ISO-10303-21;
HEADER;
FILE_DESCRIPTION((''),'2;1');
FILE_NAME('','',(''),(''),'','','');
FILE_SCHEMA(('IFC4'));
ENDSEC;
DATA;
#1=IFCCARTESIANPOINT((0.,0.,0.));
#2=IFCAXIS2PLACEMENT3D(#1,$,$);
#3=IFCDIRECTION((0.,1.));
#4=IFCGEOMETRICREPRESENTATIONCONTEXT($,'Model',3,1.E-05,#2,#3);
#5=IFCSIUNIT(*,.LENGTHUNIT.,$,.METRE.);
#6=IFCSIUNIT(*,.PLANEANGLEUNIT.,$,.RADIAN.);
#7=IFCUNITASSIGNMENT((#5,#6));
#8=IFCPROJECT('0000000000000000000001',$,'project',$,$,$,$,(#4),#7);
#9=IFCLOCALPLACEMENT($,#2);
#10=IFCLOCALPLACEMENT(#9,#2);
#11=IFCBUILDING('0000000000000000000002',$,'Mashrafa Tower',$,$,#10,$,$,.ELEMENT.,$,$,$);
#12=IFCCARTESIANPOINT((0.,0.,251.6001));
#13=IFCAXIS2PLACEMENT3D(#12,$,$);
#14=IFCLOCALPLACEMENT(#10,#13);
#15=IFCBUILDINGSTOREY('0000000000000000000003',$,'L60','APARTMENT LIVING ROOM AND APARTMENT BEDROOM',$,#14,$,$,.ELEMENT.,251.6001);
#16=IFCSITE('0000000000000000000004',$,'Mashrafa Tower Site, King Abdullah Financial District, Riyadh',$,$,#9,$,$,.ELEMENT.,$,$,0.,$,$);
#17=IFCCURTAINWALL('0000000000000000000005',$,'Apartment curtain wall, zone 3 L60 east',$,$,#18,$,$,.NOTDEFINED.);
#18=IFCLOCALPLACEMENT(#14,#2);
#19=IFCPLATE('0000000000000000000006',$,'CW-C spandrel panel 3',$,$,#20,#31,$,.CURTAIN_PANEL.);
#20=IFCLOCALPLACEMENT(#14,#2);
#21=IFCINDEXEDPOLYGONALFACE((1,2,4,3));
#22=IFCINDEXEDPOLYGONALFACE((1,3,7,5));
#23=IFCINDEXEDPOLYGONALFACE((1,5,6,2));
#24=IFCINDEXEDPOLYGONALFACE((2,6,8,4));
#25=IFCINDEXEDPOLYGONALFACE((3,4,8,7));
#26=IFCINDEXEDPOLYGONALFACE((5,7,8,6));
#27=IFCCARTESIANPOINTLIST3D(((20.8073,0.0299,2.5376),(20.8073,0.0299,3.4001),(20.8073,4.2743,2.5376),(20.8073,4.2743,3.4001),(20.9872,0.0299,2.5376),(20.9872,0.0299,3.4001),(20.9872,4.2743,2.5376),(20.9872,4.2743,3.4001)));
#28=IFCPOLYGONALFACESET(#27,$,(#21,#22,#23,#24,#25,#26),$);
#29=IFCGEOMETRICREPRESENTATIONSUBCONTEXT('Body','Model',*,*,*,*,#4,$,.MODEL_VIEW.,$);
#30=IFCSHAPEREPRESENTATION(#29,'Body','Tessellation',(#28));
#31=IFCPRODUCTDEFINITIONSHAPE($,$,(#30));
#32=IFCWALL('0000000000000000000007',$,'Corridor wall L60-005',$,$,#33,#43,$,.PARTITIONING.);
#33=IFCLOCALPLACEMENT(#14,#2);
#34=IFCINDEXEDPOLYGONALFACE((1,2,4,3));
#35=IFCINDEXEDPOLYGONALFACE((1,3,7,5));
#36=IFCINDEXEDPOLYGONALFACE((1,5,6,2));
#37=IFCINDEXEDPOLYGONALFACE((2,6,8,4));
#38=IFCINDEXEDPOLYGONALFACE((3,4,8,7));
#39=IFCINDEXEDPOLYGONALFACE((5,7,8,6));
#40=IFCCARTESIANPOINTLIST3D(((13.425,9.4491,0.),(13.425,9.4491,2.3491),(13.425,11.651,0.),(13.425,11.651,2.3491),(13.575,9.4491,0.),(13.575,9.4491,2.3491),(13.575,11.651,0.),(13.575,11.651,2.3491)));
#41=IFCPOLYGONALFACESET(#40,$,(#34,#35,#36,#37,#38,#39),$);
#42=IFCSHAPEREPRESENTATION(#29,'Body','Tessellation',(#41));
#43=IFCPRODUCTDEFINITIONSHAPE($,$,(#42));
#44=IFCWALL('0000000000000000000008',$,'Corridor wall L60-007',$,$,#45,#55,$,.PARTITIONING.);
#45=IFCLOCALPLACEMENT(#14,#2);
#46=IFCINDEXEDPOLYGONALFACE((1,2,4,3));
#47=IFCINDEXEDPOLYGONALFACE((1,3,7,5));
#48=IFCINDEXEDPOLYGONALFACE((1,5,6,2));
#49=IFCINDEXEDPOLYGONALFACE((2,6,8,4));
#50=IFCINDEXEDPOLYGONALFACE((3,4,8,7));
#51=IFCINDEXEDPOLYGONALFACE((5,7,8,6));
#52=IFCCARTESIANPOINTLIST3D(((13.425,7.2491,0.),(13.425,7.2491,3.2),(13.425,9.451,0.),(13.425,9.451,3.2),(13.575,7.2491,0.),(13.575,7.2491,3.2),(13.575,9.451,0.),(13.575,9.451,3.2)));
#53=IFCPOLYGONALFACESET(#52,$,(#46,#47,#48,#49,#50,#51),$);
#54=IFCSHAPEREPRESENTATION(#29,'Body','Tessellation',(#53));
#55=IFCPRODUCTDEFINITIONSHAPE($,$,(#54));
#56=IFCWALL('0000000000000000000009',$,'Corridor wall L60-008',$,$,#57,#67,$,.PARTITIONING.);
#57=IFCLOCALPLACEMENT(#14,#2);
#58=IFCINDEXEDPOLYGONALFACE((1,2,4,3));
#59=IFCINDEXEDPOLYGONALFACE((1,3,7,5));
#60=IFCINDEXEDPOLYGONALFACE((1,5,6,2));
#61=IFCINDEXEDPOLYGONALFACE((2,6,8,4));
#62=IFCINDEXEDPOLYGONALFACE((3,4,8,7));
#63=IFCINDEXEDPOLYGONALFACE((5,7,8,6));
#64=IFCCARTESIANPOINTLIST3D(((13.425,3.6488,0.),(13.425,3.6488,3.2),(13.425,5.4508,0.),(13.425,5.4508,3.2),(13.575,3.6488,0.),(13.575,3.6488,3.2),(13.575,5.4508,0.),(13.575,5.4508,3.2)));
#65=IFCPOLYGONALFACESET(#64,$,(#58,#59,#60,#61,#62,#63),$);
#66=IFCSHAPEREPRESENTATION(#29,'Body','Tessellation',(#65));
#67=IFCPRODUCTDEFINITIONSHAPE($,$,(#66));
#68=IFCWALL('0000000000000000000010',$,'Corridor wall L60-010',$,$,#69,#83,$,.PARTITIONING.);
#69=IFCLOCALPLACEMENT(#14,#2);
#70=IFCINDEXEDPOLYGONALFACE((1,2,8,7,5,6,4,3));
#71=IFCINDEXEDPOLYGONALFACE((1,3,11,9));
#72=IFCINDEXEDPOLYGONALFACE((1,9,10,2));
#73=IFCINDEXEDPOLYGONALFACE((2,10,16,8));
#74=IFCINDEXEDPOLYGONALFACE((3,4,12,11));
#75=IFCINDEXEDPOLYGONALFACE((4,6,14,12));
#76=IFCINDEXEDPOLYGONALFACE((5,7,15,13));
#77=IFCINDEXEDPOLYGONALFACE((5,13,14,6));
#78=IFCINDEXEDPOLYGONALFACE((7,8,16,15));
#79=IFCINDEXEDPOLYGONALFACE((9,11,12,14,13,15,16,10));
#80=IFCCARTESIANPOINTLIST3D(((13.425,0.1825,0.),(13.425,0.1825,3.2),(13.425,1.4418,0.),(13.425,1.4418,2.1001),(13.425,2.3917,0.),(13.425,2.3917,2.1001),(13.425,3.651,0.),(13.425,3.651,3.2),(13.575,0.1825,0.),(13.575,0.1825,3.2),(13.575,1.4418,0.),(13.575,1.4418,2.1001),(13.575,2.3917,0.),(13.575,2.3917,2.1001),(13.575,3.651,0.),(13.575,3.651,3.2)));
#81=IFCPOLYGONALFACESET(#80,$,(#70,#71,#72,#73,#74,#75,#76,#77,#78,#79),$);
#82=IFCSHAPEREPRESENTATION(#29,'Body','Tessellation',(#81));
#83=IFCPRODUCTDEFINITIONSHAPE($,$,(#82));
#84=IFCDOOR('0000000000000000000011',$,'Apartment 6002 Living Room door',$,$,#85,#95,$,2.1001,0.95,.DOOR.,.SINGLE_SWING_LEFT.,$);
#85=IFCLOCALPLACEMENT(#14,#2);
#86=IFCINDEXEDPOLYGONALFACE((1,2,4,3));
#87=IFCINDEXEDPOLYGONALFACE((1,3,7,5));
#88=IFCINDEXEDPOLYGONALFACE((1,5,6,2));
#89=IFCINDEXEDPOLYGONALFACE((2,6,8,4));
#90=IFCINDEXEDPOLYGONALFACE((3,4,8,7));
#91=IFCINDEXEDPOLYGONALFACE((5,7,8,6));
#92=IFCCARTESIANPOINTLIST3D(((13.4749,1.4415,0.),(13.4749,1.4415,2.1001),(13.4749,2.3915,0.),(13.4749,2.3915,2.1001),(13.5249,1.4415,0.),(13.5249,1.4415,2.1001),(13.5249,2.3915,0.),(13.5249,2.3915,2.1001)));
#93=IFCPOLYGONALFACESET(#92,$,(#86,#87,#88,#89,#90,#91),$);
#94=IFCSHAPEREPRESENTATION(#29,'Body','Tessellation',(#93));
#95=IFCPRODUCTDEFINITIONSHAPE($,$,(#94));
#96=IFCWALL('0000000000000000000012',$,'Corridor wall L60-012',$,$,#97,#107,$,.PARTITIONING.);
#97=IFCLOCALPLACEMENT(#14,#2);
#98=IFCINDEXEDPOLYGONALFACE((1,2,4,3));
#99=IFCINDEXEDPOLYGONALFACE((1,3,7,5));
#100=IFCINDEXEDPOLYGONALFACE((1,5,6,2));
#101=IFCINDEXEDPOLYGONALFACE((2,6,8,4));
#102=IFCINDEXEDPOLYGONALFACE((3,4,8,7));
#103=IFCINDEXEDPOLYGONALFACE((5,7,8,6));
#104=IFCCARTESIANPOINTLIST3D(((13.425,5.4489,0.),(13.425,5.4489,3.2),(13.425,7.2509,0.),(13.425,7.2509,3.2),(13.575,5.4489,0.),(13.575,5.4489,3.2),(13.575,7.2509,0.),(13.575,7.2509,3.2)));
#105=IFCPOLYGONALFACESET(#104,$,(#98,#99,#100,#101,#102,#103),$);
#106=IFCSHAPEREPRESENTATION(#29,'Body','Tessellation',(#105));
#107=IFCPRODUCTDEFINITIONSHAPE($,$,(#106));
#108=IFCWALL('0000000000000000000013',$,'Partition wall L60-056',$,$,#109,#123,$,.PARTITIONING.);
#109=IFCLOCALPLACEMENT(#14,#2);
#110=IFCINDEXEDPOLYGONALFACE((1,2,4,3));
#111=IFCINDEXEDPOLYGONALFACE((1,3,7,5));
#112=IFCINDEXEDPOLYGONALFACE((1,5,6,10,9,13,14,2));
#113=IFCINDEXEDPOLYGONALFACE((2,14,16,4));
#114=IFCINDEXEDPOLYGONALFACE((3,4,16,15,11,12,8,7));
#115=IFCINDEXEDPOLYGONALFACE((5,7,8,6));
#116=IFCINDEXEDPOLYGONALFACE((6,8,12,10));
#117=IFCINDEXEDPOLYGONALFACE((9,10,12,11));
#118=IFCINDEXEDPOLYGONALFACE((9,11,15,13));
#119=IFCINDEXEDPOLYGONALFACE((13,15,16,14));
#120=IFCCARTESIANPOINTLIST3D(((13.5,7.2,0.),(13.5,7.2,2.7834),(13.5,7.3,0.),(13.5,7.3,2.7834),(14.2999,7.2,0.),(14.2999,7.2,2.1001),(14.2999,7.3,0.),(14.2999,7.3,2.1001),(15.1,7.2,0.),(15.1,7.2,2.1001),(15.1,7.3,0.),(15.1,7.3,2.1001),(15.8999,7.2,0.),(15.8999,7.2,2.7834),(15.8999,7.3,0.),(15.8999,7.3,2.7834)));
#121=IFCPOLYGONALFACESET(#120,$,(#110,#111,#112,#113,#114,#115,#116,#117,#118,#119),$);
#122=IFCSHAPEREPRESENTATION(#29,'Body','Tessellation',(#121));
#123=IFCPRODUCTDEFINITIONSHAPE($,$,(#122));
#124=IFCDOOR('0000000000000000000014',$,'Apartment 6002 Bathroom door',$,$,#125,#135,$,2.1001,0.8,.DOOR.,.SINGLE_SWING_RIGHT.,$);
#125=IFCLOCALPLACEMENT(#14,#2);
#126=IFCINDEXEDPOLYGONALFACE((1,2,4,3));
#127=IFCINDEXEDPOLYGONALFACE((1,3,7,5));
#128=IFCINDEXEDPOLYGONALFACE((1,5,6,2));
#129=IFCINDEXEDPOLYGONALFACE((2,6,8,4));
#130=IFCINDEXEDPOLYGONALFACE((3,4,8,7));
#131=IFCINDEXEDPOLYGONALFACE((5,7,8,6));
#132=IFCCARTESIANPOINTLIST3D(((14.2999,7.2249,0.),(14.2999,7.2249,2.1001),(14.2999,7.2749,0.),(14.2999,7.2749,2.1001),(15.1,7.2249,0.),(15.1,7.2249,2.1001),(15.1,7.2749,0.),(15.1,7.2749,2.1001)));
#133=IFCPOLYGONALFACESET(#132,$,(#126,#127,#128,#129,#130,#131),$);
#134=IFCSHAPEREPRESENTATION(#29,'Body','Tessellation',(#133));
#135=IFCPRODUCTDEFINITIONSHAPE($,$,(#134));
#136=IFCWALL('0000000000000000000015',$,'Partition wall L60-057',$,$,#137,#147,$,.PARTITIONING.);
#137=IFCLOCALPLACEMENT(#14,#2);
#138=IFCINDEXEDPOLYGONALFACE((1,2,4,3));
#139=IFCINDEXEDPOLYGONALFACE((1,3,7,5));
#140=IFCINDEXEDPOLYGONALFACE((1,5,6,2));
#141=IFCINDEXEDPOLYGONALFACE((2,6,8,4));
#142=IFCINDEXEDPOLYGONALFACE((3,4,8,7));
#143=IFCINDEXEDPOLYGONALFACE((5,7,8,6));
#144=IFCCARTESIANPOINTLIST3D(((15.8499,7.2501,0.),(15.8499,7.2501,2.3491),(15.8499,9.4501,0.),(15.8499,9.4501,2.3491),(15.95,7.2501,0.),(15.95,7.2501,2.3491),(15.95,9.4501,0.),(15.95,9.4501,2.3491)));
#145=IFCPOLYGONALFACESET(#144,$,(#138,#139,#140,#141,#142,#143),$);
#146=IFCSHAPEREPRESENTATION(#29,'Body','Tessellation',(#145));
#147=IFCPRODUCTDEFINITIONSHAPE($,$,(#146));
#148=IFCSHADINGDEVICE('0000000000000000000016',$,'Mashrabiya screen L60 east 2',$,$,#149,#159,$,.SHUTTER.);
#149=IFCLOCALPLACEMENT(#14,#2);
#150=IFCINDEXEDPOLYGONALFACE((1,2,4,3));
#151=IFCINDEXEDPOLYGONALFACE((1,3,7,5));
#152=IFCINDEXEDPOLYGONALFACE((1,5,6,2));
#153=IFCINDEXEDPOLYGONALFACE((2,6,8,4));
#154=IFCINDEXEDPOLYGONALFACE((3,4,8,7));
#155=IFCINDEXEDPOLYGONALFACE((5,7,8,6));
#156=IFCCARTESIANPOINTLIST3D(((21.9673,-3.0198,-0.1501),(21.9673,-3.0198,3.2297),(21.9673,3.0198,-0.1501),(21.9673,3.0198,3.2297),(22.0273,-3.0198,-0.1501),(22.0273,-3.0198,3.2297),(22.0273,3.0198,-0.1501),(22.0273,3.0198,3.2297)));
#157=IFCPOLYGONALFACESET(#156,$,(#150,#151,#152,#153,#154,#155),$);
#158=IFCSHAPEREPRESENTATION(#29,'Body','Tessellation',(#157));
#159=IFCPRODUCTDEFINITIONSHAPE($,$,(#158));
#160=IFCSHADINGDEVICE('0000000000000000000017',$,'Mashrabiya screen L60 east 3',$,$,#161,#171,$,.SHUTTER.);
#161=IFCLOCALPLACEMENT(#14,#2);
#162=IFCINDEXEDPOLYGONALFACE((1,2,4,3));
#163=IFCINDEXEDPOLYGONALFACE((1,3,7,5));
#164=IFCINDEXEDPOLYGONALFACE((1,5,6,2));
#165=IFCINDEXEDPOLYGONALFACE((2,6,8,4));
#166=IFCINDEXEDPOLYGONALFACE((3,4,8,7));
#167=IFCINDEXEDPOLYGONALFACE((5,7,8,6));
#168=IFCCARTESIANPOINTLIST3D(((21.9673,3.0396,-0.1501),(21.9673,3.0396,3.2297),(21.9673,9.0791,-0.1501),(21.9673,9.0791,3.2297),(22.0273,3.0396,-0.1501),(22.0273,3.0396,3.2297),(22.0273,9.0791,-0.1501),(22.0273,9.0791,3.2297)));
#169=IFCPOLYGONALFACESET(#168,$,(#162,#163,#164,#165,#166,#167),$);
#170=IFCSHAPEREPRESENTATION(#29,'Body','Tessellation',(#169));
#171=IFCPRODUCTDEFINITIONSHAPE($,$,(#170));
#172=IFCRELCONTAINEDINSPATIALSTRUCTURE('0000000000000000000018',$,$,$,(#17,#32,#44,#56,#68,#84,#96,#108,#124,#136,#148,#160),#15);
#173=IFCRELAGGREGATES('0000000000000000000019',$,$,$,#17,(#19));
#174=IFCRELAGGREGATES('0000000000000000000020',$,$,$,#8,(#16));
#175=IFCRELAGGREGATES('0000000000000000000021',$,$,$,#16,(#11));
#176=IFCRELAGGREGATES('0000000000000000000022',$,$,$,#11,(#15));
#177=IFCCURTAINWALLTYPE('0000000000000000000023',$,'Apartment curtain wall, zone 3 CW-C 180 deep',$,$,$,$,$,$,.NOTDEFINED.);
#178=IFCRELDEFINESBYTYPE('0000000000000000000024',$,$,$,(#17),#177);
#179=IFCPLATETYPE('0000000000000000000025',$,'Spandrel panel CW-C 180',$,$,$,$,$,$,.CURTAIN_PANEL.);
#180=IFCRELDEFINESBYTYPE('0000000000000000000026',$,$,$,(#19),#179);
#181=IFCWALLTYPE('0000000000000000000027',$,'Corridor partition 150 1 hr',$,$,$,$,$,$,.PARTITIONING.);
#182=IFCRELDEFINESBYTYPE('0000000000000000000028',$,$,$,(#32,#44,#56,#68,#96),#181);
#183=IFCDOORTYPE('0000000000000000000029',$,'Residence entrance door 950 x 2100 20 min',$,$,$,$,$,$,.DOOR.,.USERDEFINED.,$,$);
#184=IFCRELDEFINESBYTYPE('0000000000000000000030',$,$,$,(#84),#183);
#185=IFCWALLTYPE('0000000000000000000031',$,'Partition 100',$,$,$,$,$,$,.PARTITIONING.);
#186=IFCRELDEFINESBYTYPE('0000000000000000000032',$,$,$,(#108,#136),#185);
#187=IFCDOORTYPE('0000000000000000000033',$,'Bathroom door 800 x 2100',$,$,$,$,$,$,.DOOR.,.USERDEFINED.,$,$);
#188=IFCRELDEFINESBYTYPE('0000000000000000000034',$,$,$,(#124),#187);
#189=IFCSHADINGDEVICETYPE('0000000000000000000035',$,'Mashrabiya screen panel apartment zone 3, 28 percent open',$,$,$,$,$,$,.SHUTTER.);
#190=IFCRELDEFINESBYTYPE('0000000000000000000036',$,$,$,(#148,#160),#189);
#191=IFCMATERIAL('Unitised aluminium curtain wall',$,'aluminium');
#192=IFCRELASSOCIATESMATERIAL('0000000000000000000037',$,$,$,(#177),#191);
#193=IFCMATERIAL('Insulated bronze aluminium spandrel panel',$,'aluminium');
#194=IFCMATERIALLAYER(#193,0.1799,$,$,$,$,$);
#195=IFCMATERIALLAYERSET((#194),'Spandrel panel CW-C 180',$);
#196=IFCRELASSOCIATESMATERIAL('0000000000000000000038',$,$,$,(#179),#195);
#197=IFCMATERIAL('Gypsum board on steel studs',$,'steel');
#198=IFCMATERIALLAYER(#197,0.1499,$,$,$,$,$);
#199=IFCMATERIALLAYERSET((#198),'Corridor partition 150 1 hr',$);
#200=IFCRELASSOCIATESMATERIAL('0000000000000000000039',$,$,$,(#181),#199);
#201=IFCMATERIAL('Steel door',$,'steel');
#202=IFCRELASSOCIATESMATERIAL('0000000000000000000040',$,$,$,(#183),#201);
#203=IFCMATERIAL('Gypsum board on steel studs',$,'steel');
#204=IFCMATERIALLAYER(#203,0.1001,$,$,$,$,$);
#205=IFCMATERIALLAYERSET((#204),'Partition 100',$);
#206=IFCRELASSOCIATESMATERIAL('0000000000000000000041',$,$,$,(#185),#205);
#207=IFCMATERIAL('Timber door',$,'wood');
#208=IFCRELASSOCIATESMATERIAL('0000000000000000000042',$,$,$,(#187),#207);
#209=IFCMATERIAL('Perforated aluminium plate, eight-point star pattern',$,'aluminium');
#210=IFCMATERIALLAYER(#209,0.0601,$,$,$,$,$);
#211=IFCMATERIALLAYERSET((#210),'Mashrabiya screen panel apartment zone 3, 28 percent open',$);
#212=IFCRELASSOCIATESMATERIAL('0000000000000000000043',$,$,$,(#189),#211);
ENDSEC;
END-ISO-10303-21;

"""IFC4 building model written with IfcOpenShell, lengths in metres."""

from ifc_helpers import new_model, si_unit, direction, frame, frame_2d, origin, origin_2d, place, context, subcontext, project, spatial, rectangle, extrude, source, transform, mapped, material, layer, layer_set, type_object, type_shapes, element, fill, aggregate, save


model = new_model("IFC4")

# Units and contexts
model_context = context("Model", 3, precision=1e-05, world=origin(), true_north=direction((0.0, 1.0)))
body_context = subcontext(model_context, "Body", "Model", "MODEL_VIEW")
ifc_project = project(units=[si_unit("LENGTHUNIT", "METRE"), si_unit("PLANEANGLEUNIT", "RADIAN")], contexts=[model_context])

# Site, building, storey
site_placement = place(None, origin())
site = spatial("IfcSite", under=ifc_project, at=site_placement, Name="Mashrafa Tower Site, King Abdullah Financial District, Riyadh", CompositionType="ELEMENT", RefElevation=0.0)
building_placement = place(site_placement, origin())
building = spatial("IfcBuilding", under=site, at=building_placement, Name="Mashrafa Tower", CompositionType="ELEMENT")
storey_placement = place(building_placement, frame((0.0, 0.0, 251.6001)))
storey = spatial("IfcBuildingStorey", under=building, at=storey_placement, Name="L60", Description="APARTMENT LIVING ROOM AND APARTMENT BEDROOM", CompositionType="ELEMENT", Elevation=251.6001)

# Curtain wall
ifc_material_1 = material(Name="Unitised aluminium curtain wall", Category="aluminium")
curtain_wall_type = type_object("IfcCurtainWallType", Name="Apartment curtain wall, zone 3 CW-C 180 deep", PredefinedType="NOTDEFINED", material=ifc_material_1)
curtain_wall_1_placement = place(storey_placement, origin())
curtain_wall_1 = element("IfcCurtainWall", 1, at=curtain_wall_1_placement, inside=storey, type_object=curtain_wall_type, Name="Apartment curtain wall, zone 3 L60 east", PredefinedType="NOTDEFINED")

# Plate
ifc_material_2 = material(Name="Insulated bronze aluminium spandrel panel", Category="aluminium")
ifc_layer_1 = layer(ifc_material_2, 0.1799)
ifc_layer_set_1 = layer_set([ifc_layer_1], Name="Spandrel panel CW-C 180")
plate_type_1 = type_object("IfcPlateType", Name="Spandrel panel CW-C 180", PredefinedType="CURTAIN_PANEL", material=ifc_layer_set_1)
shared_shape_1 = source(origin(), body_context, "Body", "SweptSolid", [
    extrude(rectangle(XDim=4.2444, YDim=0.1799, at=origin_2d()), origin(), (0.0, 0.0, 1.0), 0.8625),
])
plate_1_placement = place(storey_placement, frame((20.8972, 2.1521, 2.5376), z_axis=(0.0, 0.0, 1.0), x_axis=(0.0, 1.0, 0.0)))
plate_1 = element("IfcPlate", 2, at=plate_1_placement, type_object=plate_type_1, Name="CW-C spandrel panel 3", PredefinedType="CURTAIN_PANEL", context=body_context, shape_type="MappedRepresentation", body=[
    mapped(shared_shape_1, transform((0.0, 0.0, 0.0))),
])
aggregate(curtain_wall_1, [plate_1])

# Walls
ifc_material_3 = material(Name="Gypsum board on steel studs", Category="steel")
ifc_layer_2 = layer(ifc_material_3, 0.1499)
ifc_layer_set_2 = layer_set([ifc_layer_2], Name="Corridor partition 150 1 hr")
wall_type_1 = type_object("IfcWallType", Name="Corridor partition 150 1 hr", PredefinedType="PARTITIONING", material=ifc_layer_set_2)
wall_1_placement = place(storey_placement, frame((13.5, 9.449, 0.0), z_axis=(0.0, 0.0, 1.0), x_axis=(0.0, 1.0, 0.0)))
element("IfcWall", 3, at=wall_1_placement, inside=storey, type_object=wall_type_1, Name="Corridor wall L60-005", PredefinedType="PARTITIONING", context=body_context, shape_type="SweptSolid", body=[
    extrude(rectangle(XDim=2.2019, YDim=0.1499, at=frame_2d((1.1011, 0.0))), origin(), (0.0, 0.0, 1.0), 2.3491),
])
wall_2_placement = place(storey_placement, frame((13.5, 7.249, 0.0), z_axis=(0.0, 0.0, 1.0), x_axis=(0.0, 1.0, 0.0)))
element("IfcWall", 4, at=wall_2_placement, inside=storey, type_object=wall_type_1, Name="Corridor wall L60-007", PredefinedType="PARTITIONING", context=body_context, shape_type="SweptSolid", body=[
    extrude(rectangle(XDim=2.2019, YDim=0.1499, at=frame_2d((1.1011, 0.0))), origin(), (0.0, 0.0, 1.0), 3.2),
])
wall_3_placement = place(storey_placement, frame((13.5, 3.6489, 0.0), z_axis=(0.0, 0.0, 1.0), x_axis=(0.0, 1.0, 0.0)))
element("IfcWall", 5, at=wall_3_placement, inside=storey, type_object=wall_type_1, Name="Corridor wall L60-008", PredefinedType="PARTITIONING", context=body_context, shape_type="SweptSolid", body=[
    extrude(rectangle(XDim=1.802, YDim=0.1499, at=frame_2d((0.9009, 0.0))), origin(), (0.0, 0.0, 1.0), 3.2),
])

# Wall, opening, door
wall_4_placement = place(storey_placement, frame((13.5, 0.1824, 0.0), z_axis=(0.0, 0.0, 1.0), x_axis=(0.0, 1.0, 0.0)))
wall_4 = element("IfcWall", 6, at=wall_4_placement, inside=storey, type_object=wall_type_1, Name="Corridor wall L60-010", PredefinedType="PARTITIONING", context=body_context, shape_type="SweptSolid", body=[
    extrude(rectangle(XDim=3.4685, YDim=0.1499, at=frame_2d((1.7344, 0.0))), origin(), (0.0, 0.0, 1.0), 3.2),
])
opening_1_placement = place(wall_4_placement, frame((1.2593, 0.0, 0.0)))
opening_1 = element("IfcOpeningElement", 7, at=opening_1_placement, cuts=wall_4, PredefinedType="OPENING", context=body_context, shape_type="SweptSolid", body=[
    extrude(rectangle(XDim=0.95, YDim=2.1001, at=frame_2d((0.4751, 1.05))), frame((0.0, 0.085, 0.0), z_axis=(0.0, -1.0, 0.0), x_axis=(1.0, 0.0, 0.0)), (0.0, 0.0, 1.0), 0.1699),
])
ifc_material_4 = material(Name="Steel door", Category="steel")
door_type_1 = type_object("IfcDoorType", Name="Residence entrance door 950 x 2100 20 min", OperationType="USERDEFINED", PredefinedType="DOOR", material=ifc_material_4)
door_1_placement = place(opening_1_placement, frame((0.95, 0.0, 0.0), z_axis=(0.0, 0.0, 1.0), x_axis=(-1.0, 0.0, 0.0)))
door_1 = element("IfcDoor", 8, at=door_1_placement, inside=storey, type_object=door_type_1, Name="Apartment 6002 Living Room door", OperationType="SINGLE_SWING_LEFT", OverallHeight=2.1001, OverallWidth=0.95, PredefinedType="DOOR", context=body_context, shape_type="SweptSolid", body=[
    extrude(rectangle(XDim=0.95, YDim=2.1001, at=frame_2d((0.4751, 1.05))), frame((0.0, 0.0249, 0.0), z_axis=(0.0, -1.0, 0.0), x_axis=(1.0, 0.0, 0.0)), (0.0, 0.0, 1.0), 0.05),
])
fill(opening_1, door_1)

# Wall
wall_5_placement = place(storey_placement, frame((13.5, 5.449, 0.0), z_axis=(0.0, 0.0, 1.0), x_axis=(0.0, 1.0, 0.0)))
element("IfcWall", 9, at=wall_5_placement, inside=storey, type_object=wall_type_1, Name="Corridor wall L60-012", PredefinedType="PARTITIONING", context=body_context, shape_type="SweptSolid", body=[
    extrude(rectangle(XDim=1.802, YDim=0.1499, at=frame_2d((0.9009, 0.0))), origin(), (0.0, 0.0, 1.0), 3.2),
])

# Wall, opening, door
ifc_material_5 = material(Name="Gypsum board on steel studs", Category="steel")
ifc_layer_3 = layer(ifc_material_5, 0.1001)
ifc_layer_set_3 = layer_set([ifc_layer_3], Name="Partition 100")
wall_type_2 = type_object("IfcWallType", Name="Partition 100", PredefinedType="PARTITIONING", material=ifc_layer_set_3)
wall_6_placement = place(storey_placement, frame((13.5, 7.25, 0.0), z_axis=(0.0, 0.0, 1.0), x_axis=(1.0, 0.0, 0.0)))
wall_6 = element("IfcWall", 10, at=wall_6_placement, inside=storey, type_object=wall_type_2, Name="Partition wall L60-056", PredefinedType="PARTITIONING", context=body_context, shape_type="SweptSolid", body=[
    extrude(rectangle(XDim=2.3999, YDim=0.1001, at=frame_2d((1.2, 0.0))), origin(), (0.0, 0.0, 1.0), 2.7834),
])
opening_2_placement = place(wall_6_placement, frame((0.8, 0.0, 0.0)))
opening_2 = element("IfcOpeningElement", 11, at=opening_2_placement, cuts=wall_6, PredefinedType="OPENING", context=body_context, shape_type="SweptSolid", body=[
    extrude(rectangle(XDim=0.8, YDim=2.1001, at=frame_2d((0.3999, 1.05))), frame((0.0, 0.0601, 0.0), z_axis=(0.0, -1.0, 0.0), x_axis=(1.0, 0.0, 0.0)), (0.0, 0.0, 1.0), 0.1201),
])
ifc_material_6 = material(Name="Timber door", Category="wood")
door_type_2 = type_object("IfcDoorType", Name="Bathroom door 800 x 2100", OperationType="USERDEFINED", PredefinedType="DOOR", material=ifc_material_6)
door_2_placement = place(opening_2_placement, origin())
door_2 = element("IfcDoor", 12, at=door_2_placement, inside=storey, type_object=door_type_2, Name="Apartment 6002 Bathroom door", OperationType="SINGLE_SWING_RIGHT", OverallHeight=2.1001, OverallWidth=0.8, PredefinedType="DOOR", context=body_context, shape_type="SweptSolid", body=[
    extrude(rectangle(XDim=0.8, YDim=2.1001, at=frame_2d((0.3999, 1.05))), frame((0.0, 0.0249, 0.0), z_axis=(0.0, -1.0, 0.0), x_axis=(1.0, 0.0, 0.0)), (0.0, 0.0, 1.0), 0.05),
])
fill(opening_2, door_2)

# Wall
wall_7_placement = place(storey_placement, frame((15.8999, 7.25, 0.0), z_axis=(0.0, 0.0, 1.0), x_axis=(0.0, 1.0, 0.0)))
element("IfcWall", 13, at=wall_7_placement, inside=storey, type_object=wall_type_2, Name="Partition wall L60-057", PredefinedType="PARTITIONING", context=body_context, shape_type="SweptSolid", body=[
    extrude(rectangle(XDim=2.2, YDim=0.1001, at=frame_2d((1.1001, 0.0))), origin(), (0.0, 0.0, 1.0), 2.3491),
])

# Shading devices
ifc_material_7 = material(Name="Perforated aluminium plate, eight-point star pattern", Category="aluminium")
ifc_layer_4 = layer(ifc_material_7, 0.0601)
ifc_layer_set_4 = layer_set([ifc_layer_4], Name="Mashrabiya screen panel apartment zone 3, 28 percent open")
shading_device_type = type_object("IfcShadingDeviceType", Name="Mashrabiya screen panel apartment zone 3, 28 percent open", PredefinedType="SHUTTER", material=ifc_layer_set_4)
shared_shape_2 = source(origin(), body_context, "Body", "SweptSolid", [
    extrude(rectangle(XDim=6.0396, YDim=0.0601, at=origin_2d()), origin(), (0.0, 0.0, 1.0), 3.3799),
])
type_shapes(shading_device_type, [shared_shape_2])
for number, where, z_axis, x_axis, name in (
    (14, (21.9973, 0.0, -0.1501), (0.0, 0.0, 1.0), (0.0, 1.0, 0.0), "Mashrabiya screen L60 east 2"),
    (15, (21.9973, 6.0593, -0.1501), (0.0, 0.0, 1.0), (0.0, 1.0, 0.0), "Mashrabiya screen L60 east 3"),
):
    element("IfcShadingDevice", number, at=place(storey_placement, frame(where, z_axis=z_axis, x_axis=x_axis)), inside=storey, type_object=shading_device_type, Name=name, PredefinedType="SHUTTER", context=body_context, shape_type="MappedRepresentation", body=[
        mapped(shared_shape_2, transform((0.0, 0.0, 0.0))),
    ])

save(model, "model.ifc")
